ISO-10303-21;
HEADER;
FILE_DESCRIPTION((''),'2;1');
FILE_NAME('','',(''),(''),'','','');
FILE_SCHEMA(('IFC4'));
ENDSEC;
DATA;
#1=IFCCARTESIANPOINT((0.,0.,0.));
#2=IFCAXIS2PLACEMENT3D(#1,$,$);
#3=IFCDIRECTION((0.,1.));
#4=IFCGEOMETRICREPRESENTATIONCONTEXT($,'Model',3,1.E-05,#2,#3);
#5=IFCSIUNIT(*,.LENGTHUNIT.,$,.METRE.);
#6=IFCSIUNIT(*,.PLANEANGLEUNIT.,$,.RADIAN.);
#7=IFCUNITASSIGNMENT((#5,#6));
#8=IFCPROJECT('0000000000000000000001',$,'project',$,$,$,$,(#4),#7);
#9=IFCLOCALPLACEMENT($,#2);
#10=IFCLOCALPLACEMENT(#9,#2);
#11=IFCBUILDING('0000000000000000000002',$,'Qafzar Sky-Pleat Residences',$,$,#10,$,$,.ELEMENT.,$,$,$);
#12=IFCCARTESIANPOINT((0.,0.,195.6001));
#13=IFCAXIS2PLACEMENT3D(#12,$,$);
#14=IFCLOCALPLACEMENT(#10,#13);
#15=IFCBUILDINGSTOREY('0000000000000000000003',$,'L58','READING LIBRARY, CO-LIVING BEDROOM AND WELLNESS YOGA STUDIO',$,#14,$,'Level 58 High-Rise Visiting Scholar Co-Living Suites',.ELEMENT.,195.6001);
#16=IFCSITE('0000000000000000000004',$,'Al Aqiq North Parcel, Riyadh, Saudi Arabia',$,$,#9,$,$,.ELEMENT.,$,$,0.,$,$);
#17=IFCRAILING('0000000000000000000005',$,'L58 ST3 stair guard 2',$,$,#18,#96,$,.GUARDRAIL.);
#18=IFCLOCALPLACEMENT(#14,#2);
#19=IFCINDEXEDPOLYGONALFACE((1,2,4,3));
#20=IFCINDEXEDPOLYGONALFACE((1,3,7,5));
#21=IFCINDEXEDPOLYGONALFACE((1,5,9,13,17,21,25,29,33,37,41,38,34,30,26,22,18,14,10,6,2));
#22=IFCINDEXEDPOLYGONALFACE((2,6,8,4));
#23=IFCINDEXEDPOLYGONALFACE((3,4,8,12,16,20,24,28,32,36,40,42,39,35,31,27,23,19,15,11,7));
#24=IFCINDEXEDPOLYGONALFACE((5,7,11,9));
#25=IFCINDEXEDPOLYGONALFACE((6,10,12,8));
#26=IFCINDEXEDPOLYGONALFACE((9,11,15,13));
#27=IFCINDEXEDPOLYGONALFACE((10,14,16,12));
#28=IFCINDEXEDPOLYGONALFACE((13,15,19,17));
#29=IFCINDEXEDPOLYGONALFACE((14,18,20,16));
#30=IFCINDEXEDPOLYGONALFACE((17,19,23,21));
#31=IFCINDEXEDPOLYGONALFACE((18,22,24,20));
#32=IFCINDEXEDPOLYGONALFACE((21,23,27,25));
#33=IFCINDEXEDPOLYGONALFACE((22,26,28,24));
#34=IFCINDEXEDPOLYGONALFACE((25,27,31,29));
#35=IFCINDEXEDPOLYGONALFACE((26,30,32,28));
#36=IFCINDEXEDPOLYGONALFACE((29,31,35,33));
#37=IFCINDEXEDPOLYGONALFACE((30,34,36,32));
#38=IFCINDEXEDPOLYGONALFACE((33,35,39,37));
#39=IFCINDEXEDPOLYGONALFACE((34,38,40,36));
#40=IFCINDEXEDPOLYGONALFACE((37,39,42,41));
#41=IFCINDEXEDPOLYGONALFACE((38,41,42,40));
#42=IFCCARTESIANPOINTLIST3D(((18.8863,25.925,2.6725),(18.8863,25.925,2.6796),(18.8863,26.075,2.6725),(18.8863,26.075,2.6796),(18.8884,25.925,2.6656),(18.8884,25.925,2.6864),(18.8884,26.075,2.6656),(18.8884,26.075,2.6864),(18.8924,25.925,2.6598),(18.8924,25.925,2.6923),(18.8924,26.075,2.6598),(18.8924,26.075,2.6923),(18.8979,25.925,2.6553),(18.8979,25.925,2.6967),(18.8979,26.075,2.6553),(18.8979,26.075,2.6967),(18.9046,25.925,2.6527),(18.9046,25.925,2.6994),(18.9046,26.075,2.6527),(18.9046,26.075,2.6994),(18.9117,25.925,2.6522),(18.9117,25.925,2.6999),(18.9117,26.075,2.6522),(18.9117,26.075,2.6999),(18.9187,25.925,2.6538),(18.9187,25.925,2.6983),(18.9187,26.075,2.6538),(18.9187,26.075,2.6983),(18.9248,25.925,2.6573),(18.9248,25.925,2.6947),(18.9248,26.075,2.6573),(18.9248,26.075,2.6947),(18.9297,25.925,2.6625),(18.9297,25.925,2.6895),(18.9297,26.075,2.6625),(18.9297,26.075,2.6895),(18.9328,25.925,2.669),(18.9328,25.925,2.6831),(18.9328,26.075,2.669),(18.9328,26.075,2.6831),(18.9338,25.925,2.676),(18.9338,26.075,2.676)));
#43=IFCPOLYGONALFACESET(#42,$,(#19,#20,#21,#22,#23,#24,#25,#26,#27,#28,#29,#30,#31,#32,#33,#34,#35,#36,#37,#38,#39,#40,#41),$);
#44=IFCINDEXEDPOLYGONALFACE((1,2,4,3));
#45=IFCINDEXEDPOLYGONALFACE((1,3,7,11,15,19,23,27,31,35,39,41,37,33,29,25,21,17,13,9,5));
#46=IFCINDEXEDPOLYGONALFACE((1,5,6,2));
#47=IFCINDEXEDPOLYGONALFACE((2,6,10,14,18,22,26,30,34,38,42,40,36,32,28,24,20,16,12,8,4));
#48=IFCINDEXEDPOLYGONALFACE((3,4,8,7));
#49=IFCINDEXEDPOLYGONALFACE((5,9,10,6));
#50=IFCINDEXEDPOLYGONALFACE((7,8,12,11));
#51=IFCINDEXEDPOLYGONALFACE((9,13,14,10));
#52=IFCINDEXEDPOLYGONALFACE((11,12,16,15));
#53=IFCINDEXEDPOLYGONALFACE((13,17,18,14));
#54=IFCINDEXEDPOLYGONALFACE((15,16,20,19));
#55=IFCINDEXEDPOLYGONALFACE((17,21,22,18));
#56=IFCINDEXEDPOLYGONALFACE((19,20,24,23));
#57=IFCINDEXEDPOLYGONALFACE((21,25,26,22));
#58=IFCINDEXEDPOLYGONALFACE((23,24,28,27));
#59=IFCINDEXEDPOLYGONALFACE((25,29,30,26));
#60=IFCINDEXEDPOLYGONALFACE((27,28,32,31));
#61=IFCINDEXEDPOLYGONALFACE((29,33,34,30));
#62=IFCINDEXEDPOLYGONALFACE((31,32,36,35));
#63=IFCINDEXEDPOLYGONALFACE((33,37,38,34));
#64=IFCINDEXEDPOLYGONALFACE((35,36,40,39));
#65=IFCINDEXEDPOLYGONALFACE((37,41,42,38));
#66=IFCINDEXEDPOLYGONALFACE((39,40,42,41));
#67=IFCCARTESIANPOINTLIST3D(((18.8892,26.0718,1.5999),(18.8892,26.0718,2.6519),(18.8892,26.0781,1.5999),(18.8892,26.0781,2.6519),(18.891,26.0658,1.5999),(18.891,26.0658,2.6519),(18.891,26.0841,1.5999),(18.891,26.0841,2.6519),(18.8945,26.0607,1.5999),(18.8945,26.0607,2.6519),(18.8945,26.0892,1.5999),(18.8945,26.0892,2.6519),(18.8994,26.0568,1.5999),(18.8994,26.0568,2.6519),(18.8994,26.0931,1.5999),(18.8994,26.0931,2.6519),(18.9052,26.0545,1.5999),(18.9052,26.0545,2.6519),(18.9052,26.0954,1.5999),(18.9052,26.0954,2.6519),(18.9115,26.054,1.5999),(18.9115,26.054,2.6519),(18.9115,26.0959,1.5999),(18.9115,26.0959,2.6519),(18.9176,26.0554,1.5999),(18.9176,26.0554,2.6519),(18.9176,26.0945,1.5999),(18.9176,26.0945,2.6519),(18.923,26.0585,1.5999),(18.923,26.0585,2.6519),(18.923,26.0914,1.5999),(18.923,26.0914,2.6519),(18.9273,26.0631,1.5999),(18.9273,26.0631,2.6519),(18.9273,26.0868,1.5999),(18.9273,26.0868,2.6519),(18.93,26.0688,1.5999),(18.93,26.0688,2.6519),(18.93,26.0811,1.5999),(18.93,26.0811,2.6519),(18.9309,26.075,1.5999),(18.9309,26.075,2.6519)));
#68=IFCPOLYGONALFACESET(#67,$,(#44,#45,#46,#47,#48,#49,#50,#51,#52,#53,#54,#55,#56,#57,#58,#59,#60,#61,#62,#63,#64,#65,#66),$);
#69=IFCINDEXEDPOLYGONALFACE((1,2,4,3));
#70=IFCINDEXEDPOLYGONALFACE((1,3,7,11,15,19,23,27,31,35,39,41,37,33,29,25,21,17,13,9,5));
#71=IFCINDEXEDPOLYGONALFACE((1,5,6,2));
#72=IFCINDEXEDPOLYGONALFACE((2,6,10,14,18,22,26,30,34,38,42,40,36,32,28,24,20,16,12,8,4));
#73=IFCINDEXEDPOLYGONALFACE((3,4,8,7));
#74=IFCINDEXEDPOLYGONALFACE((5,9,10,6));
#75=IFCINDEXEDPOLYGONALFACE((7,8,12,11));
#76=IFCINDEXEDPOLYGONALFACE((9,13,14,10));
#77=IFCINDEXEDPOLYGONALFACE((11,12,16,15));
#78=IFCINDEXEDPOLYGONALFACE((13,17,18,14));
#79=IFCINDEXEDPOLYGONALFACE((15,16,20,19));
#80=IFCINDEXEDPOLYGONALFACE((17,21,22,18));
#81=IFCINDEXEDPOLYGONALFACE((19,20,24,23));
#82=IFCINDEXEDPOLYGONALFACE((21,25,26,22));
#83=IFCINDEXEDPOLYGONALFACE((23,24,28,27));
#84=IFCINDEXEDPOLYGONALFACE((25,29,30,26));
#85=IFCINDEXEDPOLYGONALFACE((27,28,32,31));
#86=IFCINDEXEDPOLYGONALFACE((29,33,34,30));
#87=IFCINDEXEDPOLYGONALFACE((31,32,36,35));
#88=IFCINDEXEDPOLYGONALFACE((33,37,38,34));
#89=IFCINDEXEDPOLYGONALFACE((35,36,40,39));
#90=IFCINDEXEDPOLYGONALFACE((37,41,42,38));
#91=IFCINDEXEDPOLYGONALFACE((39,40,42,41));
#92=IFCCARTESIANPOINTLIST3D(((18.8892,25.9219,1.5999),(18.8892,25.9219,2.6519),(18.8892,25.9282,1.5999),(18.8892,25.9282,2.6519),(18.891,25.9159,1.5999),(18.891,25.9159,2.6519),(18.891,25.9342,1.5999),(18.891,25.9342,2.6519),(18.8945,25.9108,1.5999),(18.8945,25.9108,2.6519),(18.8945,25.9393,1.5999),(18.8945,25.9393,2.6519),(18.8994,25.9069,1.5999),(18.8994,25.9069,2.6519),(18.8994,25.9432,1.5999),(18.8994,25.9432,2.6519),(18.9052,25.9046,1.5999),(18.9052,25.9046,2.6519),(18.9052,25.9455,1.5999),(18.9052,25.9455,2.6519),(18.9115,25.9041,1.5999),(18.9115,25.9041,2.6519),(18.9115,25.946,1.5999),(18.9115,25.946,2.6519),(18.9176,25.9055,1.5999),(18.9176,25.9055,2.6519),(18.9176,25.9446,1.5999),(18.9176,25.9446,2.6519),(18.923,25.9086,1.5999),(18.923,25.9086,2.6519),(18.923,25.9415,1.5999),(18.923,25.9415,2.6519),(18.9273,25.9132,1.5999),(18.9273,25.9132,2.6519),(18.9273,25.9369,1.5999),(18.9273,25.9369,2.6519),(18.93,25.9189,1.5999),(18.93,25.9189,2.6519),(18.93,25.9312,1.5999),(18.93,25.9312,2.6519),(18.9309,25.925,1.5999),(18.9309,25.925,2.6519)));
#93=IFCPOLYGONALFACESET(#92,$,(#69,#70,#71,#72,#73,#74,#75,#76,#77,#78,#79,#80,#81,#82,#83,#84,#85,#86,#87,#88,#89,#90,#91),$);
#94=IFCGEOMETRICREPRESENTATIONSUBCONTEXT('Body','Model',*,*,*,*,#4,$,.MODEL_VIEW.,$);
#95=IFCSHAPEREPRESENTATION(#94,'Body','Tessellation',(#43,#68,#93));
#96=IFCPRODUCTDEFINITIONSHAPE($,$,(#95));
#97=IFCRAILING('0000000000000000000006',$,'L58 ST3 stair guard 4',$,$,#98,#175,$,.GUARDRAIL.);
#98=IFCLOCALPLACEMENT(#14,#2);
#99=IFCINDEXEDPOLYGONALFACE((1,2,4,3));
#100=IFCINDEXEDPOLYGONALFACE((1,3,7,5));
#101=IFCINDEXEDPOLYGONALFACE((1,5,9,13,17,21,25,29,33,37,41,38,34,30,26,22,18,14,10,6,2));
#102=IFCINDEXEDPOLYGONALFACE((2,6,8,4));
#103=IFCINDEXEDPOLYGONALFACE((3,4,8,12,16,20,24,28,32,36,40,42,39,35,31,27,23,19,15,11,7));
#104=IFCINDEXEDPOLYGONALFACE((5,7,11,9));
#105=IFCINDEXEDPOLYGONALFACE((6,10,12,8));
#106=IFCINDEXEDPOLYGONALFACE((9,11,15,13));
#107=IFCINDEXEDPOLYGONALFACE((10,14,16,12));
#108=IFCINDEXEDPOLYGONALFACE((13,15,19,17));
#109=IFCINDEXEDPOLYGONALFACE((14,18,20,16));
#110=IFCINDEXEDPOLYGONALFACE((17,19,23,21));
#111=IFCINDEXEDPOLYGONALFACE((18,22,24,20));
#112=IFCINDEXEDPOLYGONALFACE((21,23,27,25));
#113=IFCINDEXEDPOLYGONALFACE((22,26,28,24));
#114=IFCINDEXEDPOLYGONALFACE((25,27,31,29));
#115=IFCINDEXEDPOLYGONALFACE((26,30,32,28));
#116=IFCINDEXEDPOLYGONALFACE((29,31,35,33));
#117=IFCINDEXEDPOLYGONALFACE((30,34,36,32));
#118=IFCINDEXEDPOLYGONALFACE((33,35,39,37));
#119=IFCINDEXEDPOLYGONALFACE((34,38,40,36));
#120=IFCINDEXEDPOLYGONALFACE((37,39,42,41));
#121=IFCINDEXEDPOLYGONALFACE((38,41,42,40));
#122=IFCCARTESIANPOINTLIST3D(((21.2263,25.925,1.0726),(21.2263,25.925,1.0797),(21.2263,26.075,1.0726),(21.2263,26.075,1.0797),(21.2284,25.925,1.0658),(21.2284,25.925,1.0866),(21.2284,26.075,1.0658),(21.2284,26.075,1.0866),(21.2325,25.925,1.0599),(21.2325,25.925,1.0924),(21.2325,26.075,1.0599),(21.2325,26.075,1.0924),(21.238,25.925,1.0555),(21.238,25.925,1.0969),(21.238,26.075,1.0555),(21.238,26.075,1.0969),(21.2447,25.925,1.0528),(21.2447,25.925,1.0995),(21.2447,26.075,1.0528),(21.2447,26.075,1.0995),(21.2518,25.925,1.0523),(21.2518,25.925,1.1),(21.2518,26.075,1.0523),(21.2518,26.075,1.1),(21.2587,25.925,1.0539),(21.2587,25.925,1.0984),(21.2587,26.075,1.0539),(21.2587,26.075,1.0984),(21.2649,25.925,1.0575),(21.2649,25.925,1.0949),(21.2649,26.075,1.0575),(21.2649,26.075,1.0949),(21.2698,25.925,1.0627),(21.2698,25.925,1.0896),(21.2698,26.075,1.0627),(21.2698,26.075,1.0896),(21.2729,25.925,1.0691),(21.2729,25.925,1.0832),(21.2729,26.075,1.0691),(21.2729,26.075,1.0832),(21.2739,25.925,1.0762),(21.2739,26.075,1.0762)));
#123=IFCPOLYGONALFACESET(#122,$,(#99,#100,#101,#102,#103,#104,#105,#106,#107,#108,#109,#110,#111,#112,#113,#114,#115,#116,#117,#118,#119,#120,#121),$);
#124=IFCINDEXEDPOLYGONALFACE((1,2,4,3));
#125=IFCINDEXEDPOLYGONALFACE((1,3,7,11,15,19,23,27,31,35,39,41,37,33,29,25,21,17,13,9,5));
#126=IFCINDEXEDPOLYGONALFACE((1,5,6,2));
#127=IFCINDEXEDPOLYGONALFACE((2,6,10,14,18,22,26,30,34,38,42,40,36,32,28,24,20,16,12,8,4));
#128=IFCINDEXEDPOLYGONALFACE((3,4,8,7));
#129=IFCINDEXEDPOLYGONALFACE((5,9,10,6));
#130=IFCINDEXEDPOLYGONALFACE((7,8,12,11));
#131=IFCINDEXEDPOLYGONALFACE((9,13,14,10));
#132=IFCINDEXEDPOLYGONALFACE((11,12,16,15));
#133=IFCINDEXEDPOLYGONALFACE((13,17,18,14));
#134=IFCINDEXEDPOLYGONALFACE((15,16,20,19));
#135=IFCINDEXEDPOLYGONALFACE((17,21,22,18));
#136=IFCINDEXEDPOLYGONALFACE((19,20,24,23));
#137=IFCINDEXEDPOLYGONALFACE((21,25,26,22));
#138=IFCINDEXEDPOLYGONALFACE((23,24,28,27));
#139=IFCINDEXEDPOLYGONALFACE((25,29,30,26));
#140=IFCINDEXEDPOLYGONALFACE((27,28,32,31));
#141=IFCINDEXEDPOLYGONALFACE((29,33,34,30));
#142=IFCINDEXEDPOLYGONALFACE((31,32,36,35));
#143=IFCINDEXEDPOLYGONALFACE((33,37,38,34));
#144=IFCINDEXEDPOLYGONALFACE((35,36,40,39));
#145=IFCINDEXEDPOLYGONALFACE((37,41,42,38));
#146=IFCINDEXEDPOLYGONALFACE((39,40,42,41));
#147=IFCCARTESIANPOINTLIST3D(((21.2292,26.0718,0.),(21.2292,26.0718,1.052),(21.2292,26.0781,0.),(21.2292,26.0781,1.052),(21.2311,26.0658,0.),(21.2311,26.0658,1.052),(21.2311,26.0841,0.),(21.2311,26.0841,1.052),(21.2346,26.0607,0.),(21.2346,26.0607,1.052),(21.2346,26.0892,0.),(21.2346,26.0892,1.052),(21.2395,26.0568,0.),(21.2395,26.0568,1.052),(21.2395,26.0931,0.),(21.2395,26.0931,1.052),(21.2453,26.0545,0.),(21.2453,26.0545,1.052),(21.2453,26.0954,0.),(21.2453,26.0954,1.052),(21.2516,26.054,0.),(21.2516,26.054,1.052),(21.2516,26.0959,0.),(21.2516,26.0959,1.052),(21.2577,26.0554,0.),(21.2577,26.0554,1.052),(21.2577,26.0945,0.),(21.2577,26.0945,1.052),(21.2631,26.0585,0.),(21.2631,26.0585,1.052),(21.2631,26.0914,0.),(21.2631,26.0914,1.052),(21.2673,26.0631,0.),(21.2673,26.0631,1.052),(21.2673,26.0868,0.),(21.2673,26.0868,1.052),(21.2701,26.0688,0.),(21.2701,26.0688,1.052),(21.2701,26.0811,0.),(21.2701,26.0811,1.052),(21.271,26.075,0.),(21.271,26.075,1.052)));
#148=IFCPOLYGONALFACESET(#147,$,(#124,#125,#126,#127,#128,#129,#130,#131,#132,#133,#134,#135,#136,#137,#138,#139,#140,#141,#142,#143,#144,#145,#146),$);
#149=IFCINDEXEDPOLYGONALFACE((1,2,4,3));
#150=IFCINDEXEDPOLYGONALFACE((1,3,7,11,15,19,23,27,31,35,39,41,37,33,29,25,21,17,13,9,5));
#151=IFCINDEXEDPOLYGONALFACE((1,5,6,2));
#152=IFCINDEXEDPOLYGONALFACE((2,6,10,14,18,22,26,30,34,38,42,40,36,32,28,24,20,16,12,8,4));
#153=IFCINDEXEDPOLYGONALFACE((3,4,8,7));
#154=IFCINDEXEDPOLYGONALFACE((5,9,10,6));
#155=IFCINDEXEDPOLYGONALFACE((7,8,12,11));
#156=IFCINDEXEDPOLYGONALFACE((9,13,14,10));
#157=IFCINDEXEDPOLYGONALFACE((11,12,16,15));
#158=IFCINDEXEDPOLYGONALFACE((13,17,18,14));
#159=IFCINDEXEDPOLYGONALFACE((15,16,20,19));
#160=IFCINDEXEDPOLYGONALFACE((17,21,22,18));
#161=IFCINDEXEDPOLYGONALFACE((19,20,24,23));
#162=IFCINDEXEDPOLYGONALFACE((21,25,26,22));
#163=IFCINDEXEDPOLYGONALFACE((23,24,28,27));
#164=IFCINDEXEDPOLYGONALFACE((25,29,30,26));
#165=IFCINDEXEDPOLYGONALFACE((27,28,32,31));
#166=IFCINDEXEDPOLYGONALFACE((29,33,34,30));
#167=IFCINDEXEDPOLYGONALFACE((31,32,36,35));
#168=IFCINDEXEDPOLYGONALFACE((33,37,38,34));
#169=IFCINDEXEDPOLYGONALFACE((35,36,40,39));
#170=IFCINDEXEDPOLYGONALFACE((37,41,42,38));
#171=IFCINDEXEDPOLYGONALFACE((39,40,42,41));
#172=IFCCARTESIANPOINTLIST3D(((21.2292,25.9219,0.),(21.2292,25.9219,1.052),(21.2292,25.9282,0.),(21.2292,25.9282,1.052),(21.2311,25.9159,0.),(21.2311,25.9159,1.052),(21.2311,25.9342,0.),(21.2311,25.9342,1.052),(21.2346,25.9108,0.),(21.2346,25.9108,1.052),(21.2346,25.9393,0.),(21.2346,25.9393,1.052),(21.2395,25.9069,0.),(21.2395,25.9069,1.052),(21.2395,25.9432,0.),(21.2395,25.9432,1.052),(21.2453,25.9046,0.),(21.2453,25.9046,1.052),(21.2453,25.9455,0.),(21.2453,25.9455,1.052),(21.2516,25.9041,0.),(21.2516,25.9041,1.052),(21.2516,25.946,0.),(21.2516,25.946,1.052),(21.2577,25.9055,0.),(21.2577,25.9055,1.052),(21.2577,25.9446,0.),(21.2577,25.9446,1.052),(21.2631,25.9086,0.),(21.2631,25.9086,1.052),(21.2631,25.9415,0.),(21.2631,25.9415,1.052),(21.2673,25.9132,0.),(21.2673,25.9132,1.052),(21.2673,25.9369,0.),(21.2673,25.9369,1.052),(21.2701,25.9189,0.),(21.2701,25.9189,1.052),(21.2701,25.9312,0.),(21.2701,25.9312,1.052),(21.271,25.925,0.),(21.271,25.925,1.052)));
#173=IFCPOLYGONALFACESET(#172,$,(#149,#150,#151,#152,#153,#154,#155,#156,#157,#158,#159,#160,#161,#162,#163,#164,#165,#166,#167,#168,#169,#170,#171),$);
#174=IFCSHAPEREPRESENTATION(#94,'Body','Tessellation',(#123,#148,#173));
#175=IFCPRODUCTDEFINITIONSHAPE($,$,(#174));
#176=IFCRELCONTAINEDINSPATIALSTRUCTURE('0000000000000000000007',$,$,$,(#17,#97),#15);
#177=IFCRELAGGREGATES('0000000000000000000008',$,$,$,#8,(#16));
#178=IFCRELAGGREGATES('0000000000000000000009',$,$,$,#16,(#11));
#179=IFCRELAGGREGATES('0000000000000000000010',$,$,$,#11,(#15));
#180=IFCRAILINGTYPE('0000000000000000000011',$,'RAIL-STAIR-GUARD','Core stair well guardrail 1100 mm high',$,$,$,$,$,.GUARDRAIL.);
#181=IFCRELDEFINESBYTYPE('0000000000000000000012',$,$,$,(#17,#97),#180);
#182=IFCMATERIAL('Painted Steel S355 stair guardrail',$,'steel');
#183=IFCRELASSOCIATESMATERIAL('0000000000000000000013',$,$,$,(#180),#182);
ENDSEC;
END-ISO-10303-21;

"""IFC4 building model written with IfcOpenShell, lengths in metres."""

from ifc_helpers import new_model, si_unit, direction, frame, origin, origin_2d, place, context, subcontext, project, spatial, circle, extrude, source, transform, mapped, material, type_object, element, save


model = new_model("IFC4")

# Units and contexts
model_context = context("Model", 3, precision=1e-05, world=origin(), true_north=direction((0.0, 1.0)))
body_context = subcontext(model_context, "Body", "Model", "MODEL_VIEW")
ifc_project = project(units=[si_unit("LENGTHUNIT", "METRE"), si_unit("PLANEANGLEUNIT", "RADIAN")], contexts=[model_context])

# Site, building, storey
site_placement = place(None, origin())
site = spatial("IfcSite", under=ifc_project, at=site_placement, Name="Al Aqiq North Parcel, Riyadh, Saudi Arabia", CompositionType="ELEMENT", RefElevation=0.0)
building_placement = place(site_placement, origin())
building = spatial("IfcBuilding", under=site, at=building_placement, Name="Qafzar Sky-Pleat Residences", CompositionType="ELEMENT")
storey_placement = place(building_placement, frame((0.0, 0.0, 195.6001)))
storey = spatial("IfcBuildingStorey", under=building, at=storey_placement, Name="L58", Description="READING LIBRARY, CO-LIVING BEDROOM AND WELLNESS YOGA STUDIO", LongName="Level 58 High-Rise Visiting Scholar Co-Living Suites", CompositionType="ELEMENT", Elevation=195.6001)

# Railings
ifc_material_1 = material(Name="Painted Steel S355 stair guardrail", Category="steel")
railing_type_1 = type_object("IfcRailingType", Name="RAIL-STAIR-GUARD", Description="Core stair well guardrail 1100 mm high", PredefinedType="GUARDRAIL", material=ifc_material_1)
shared_shape_1 = source(origin(), body_context, "Body", "SweptSolid", [
    extrude(circle(Radius=0.0239, at=origin_2d()), frame((0.0, 0.0, 1.0762), z_axis=(0.0, -1.0, 0.0), x_axis=(1.0, 0.0, 0.0)), (0.0, 0.0, 1.0), 0.1499),
    extrude(circle(Radius=0.021, at=origin_2d()), origin(), (0.0, 0.0, 1.0), 1.052),
    extrude(circle(Radius=0.021, at=origin_2d()), frame((0.0, -0.1499, 0.0)), (0.0, 0.0, 1.0), 1.052),
])
for number, where, name in (
    (1, (18.9099, 26.075, 1.5999), "L58 ST3 stair guard 2"),
    (2, (21.25, 26.075, 0.0), "L58 ST3 stair guard 4"),
):
    element("IfcRailing", number, at=place(storey_placement, frame(where)), inside=storey, type_object=railing_type_1, Name=name, PredefinedType="GUARDRAIL", context=body_context, shape_type="MappedRepresentation", body=[
        mapped(shared_shape_1, transform((0.0, 0.0, 0.0), x_axis=(1.0, 0.0, 0.0), y_axis=(0.0, 1.0, 0.0), z_axis=(0.0, 0.0, 1.0), scale=1.0)),
    ])

save(model, "model.ifc")
